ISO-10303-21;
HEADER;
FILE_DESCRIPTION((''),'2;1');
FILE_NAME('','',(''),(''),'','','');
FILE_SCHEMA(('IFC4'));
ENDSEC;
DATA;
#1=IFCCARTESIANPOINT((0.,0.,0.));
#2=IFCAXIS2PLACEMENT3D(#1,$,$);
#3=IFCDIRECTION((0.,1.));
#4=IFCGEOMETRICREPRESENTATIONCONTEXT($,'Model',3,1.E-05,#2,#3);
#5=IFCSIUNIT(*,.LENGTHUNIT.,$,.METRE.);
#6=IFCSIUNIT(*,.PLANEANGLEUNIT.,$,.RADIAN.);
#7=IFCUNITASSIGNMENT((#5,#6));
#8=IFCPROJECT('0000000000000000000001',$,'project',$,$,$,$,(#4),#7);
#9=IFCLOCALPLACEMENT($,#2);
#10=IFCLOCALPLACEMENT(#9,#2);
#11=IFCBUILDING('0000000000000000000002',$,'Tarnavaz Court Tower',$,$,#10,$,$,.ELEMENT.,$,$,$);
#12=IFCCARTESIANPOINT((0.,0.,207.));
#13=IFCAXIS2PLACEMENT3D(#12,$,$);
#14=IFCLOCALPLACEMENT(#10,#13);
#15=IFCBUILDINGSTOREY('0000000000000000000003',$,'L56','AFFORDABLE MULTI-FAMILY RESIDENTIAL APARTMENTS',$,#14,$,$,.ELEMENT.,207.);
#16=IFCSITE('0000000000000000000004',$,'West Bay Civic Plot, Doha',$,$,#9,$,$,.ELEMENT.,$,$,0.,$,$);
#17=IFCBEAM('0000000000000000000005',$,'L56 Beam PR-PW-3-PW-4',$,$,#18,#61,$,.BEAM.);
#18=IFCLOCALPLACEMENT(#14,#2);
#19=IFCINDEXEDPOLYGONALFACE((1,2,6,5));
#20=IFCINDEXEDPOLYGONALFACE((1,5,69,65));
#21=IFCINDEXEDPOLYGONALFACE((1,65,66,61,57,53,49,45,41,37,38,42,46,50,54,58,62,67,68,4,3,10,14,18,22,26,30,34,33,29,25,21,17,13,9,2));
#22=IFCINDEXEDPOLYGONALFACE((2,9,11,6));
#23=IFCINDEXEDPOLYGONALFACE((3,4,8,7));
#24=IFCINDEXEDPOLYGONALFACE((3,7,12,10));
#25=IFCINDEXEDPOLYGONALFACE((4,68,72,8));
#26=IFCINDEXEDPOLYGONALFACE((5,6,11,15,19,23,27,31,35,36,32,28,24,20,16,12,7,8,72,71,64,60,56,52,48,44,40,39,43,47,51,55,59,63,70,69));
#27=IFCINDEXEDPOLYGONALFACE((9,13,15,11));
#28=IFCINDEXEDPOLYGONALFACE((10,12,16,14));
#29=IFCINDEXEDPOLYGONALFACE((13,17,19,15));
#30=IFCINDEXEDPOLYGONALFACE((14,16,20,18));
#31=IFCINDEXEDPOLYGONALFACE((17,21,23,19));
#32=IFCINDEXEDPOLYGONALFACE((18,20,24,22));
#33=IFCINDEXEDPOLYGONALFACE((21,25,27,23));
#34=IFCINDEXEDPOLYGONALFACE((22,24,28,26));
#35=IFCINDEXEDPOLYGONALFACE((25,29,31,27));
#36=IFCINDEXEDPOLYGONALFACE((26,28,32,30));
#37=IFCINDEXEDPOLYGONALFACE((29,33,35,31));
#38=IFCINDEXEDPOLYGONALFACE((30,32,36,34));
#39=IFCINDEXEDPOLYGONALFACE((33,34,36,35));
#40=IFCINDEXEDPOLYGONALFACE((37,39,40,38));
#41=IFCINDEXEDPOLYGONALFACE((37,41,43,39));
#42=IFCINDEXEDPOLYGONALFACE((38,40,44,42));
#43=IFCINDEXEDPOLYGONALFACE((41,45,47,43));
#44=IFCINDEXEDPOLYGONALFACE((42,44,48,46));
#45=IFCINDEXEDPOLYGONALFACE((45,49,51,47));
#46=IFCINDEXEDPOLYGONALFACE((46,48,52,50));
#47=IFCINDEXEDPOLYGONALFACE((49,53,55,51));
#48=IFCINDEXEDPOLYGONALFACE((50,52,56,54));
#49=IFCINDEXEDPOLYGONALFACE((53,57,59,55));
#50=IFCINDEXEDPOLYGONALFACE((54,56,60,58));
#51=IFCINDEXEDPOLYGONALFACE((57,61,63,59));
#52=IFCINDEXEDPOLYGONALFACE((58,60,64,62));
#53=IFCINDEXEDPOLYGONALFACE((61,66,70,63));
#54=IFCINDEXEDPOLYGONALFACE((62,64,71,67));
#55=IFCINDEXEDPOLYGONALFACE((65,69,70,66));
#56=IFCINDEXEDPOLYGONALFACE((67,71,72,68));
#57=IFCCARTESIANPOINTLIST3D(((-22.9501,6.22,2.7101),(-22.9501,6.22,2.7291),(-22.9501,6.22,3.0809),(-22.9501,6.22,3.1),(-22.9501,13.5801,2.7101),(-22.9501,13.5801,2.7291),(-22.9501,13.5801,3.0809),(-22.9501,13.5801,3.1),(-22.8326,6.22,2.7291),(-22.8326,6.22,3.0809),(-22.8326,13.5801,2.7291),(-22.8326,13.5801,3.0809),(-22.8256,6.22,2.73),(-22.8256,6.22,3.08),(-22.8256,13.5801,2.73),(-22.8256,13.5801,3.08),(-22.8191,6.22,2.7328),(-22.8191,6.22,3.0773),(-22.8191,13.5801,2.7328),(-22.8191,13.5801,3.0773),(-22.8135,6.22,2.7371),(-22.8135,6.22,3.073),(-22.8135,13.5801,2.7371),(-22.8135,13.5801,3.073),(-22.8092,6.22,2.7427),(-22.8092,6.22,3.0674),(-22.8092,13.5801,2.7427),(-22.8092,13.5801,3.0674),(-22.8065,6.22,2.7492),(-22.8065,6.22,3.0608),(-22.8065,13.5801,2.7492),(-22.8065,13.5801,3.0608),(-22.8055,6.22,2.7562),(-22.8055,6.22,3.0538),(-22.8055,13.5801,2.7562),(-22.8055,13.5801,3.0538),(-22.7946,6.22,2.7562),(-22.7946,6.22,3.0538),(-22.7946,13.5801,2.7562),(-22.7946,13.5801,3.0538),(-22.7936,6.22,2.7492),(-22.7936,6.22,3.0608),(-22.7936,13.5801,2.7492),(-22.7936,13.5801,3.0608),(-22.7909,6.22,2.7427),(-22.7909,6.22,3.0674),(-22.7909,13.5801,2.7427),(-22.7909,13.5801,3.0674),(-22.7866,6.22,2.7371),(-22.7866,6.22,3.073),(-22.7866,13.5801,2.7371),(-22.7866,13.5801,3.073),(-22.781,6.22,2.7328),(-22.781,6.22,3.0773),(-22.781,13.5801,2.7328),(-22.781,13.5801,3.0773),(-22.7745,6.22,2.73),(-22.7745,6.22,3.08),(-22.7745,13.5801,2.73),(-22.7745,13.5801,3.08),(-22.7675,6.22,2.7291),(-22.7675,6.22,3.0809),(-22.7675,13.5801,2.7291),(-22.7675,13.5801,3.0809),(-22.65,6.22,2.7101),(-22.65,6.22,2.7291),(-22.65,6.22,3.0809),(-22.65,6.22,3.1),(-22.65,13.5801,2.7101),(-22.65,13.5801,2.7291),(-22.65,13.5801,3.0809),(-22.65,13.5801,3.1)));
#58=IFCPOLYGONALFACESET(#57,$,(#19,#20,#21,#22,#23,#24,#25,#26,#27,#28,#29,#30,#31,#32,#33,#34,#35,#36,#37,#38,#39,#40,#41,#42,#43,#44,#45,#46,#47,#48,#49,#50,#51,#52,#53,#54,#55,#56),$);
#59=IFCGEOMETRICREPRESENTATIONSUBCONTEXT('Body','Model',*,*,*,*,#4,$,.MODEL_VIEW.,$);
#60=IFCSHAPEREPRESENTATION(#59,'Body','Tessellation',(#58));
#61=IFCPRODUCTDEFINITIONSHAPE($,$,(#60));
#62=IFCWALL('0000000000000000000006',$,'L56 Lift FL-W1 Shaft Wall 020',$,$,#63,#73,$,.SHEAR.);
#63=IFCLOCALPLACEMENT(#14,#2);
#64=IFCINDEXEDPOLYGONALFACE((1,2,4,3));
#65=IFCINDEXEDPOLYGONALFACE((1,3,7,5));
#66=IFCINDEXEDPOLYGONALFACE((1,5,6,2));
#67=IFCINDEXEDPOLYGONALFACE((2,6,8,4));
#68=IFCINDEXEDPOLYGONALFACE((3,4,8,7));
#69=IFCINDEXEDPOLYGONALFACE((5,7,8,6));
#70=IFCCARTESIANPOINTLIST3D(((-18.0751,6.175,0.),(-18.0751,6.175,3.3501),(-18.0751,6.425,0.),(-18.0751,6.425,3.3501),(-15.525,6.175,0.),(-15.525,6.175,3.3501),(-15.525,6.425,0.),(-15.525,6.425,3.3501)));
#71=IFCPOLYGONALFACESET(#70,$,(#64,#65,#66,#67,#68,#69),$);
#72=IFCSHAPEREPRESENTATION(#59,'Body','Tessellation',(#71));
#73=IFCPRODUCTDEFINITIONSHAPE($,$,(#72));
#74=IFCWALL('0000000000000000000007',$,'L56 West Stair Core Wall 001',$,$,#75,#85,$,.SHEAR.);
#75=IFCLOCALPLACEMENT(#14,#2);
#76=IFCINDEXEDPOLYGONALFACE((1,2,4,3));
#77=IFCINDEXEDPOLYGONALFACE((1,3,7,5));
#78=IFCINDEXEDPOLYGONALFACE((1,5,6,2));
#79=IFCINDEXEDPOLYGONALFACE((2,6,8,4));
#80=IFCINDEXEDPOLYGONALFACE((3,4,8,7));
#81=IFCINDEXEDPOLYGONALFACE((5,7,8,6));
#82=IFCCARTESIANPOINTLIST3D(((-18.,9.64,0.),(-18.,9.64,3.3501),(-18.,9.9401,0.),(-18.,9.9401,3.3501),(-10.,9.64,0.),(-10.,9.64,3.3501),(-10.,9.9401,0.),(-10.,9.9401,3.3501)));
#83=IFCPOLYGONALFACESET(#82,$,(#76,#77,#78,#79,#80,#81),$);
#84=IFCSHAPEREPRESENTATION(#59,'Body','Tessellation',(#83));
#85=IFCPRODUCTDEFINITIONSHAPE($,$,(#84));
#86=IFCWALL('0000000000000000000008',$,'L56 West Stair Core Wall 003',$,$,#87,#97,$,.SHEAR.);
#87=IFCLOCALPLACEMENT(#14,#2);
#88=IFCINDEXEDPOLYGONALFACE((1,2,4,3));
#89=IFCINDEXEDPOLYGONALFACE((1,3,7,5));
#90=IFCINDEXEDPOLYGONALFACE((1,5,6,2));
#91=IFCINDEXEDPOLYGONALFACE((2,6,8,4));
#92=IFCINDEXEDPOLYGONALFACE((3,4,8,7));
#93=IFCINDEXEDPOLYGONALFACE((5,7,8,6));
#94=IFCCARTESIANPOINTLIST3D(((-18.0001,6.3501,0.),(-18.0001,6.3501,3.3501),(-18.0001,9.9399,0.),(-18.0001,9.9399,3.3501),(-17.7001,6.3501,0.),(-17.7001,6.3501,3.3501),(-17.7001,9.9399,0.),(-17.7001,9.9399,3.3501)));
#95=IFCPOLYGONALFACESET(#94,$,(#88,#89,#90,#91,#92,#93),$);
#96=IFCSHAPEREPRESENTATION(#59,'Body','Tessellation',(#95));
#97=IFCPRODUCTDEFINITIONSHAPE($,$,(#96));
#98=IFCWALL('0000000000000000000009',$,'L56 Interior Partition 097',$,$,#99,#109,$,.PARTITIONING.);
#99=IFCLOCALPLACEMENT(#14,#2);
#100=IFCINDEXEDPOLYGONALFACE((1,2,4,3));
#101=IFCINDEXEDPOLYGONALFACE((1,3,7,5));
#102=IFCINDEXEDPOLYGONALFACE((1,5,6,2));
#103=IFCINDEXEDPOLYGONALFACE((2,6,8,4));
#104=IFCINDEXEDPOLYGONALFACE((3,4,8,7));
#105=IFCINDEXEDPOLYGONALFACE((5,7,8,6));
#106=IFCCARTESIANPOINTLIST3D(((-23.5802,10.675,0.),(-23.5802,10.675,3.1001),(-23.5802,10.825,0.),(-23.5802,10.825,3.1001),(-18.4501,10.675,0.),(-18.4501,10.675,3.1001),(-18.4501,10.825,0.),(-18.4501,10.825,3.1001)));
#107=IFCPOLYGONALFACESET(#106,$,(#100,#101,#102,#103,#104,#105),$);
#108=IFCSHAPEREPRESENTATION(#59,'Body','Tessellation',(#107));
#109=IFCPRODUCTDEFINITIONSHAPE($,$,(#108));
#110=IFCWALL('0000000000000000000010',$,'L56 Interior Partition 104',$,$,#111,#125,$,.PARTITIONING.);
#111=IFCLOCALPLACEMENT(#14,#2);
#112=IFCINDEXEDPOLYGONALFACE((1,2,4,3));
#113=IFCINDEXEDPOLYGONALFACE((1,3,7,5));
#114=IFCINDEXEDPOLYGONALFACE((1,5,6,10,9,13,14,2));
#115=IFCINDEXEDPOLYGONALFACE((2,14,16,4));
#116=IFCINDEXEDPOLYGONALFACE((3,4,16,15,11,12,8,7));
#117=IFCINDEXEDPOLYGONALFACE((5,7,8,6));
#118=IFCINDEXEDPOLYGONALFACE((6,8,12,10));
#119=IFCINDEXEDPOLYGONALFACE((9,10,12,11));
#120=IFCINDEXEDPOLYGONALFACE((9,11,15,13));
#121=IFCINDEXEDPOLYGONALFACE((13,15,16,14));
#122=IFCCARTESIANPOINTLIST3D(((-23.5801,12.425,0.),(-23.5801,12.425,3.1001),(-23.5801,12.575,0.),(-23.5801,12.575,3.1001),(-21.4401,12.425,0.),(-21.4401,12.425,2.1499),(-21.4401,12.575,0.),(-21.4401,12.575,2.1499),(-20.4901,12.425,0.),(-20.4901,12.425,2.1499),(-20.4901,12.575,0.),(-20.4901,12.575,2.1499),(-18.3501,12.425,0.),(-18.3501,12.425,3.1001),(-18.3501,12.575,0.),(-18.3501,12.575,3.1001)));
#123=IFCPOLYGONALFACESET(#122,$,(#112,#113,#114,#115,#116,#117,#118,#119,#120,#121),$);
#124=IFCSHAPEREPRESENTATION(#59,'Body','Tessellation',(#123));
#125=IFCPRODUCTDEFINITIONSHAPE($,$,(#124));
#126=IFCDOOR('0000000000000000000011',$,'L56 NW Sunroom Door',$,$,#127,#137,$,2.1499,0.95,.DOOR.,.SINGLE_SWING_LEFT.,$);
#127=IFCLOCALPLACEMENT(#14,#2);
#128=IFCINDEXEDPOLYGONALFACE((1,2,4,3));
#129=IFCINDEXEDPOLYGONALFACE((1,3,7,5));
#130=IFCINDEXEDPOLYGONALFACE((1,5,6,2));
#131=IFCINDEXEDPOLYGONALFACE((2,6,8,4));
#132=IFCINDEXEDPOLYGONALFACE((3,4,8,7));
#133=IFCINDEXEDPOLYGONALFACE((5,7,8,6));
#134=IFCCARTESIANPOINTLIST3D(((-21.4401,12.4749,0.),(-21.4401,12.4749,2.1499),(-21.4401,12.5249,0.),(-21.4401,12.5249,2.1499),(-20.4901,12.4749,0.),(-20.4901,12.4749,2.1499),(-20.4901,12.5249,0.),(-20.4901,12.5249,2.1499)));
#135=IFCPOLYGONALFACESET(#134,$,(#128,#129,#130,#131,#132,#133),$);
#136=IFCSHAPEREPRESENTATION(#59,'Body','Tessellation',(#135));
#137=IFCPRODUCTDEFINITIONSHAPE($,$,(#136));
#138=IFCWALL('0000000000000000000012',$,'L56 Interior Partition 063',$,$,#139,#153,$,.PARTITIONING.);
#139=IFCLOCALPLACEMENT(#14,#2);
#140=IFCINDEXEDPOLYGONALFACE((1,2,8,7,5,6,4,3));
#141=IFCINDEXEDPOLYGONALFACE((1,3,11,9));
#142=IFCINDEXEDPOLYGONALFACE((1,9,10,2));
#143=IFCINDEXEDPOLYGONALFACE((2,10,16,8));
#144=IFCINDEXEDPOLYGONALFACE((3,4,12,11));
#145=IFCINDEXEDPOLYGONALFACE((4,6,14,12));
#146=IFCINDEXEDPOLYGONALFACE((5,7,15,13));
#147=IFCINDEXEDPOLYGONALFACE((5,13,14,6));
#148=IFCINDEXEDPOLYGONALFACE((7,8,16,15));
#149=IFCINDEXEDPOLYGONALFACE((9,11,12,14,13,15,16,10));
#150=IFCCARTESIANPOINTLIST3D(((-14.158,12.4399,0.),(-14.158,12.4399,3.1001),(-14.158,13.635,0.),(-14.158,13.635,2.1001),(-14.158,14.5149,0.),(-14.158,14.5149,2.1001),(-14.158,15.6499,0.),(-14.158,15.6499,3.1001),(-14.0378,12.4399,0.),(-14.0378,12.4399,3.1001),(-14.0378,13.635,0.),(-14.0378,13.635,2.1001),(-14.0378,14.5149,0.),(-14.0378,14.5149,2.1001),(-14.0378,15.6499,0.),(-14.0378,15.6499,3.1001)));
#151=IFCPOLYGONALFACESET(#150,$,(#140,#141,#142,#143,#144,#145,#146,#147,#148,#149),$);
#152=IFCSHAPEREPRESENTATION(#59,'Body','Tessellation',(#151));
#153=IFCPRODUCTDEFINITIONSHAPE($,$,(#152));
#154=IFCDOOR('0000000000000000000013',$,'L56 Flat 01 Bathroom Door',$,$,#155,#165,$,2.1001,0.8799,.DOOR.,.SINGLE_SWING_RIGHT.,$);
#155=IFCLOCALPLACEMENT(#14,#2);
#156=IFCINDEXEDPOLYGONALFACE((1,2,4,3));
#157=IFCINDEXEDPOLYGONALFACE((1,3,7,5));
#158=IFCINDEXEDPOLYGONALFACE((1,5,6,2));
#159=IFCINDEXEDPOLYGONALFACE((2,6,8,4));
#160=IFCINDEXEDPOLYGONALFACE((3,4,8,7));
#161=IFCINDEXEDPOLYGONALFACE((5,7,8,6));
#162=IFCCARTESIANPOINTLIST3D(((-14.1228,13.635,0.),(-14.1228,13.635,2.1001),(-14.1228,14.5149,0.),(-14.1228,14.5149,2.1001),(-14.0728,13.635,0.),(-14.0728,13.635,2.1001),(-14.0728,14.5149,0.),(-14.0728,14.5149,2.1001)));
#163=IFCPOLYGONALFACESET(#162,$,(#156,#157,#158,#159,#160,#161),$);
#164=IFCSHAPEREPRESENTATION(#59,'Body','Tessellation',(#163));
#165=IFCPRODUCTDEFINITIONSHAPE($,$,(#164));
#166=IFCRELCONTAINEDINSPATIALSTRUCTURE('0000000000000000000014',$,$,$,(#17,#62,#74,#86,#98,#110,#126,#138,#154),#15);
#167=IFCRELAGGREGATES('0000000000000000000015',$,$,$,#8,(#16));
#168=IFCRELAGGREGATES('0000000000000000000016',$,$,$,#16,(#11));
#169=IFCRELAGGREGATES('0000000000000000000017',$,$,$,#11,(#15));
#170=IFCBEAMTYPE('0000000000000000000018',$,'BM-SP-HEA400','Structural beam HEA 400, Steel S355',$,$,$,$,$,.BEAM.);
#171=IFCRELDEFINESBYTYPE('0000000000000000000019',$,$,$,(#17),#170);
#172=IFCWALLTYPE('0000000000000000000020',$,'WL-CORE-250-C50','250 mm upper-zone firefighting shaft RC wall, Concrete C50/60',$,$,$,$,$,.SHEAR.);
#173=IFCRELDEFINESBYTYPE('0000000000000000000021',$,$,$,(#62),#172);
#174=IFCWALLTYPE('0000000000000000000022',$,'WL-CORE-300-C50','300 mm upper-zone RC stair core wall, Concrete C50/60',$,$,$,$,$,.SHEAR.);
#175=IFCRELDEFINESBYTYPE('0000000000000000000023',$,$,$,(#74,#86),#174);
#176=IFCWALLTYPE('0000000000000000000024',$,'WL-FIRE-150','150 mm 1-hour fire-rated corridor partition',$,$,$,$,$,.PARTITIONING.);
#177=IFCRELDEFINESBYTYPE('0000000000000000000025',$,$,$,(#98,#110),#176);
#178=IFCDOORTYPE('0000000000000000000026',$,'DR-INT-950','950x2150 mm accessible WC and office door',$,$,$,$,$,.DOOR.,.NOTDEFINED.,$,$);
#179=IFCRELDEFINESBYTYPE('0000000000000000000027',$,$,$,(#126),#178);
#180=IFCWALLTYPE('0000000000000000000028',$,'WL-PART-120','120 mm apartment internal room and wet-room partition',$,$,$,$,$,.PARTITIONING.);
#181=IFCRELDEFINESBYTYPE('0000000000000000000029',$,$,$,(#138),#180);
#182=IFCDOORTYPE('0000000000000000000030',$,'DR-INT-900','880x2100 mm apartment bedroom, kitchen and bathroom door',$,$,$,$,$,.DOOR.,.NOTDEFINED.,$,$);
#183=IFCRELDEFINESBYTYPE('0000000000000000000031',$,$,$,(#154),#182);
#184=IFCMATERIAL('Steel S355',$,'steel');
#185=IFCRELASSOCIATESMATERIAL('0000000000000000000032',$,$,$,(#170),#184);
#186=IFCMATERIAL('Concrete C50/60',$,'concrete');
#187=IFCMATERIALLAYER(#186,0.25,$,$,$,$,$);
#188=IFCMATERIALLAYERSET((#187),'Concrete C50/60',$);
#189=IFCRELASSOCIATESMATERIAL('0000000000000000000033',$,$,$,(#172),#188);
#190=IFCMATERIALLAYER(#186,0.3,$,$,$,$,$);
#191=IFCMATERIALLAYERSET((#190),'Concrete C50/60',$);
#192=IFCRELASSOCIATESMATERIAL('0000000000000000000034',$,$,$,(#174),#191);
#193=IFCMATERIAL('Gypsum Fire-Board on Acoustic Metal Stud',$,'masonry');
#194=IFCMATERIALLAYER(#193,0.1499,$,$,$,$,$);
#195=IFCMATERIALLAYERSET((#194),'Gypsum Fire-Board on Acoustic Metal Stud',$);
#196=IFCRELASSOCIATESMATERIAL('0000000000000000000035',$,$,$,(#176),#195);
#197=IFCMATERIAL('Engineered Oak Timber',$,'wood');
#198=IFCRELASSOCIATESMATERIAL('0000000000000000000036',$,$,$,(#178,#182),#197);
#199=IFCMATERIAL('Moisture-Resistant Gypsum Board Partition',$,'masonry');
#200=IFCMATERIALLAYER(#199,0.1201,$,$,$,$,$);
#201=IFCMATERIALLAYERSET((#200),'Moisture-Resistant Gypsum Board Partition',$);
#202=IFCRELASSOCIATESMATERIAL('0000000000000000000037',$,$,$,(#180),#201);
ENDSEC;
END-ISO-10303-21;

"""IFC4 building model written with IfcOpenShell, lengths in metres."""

from ifc_helpers import new_model, si_unit, direction, frame, frame_2d, origin, origin_2d, place, context, subcontext, project, spatial, rectangle, i_section, extrude, material, layer, layer_set, material_profile, profile_set, type_object, element, fill, save


model = new_model("IFC4")

# Units and contexts
model_context = context("Model", 3, precision=1e-05, world=origin(), true_north=direction((0.0, 1.0)))
body_context = subcontext(model_context, "Body", "Model", "MODEL_VIEW")
ifc_project = project(units=[si_unit("LENGTHUNIT", "METRE"), si_unit("PLANEANGLEUNIT", "RADIAN")], contexts=[model_context])

# Site, building, storey
site_placement = place(None, origin())
site = spatial("IfcSite", under=ifc_project, at=site_placement, Name="West Bay Civic Plot, Doha", CompositionType="ELEMENT", RefElevation=0.0)
building_placement = place(site_placement, origin())
building = spatial("IfcBuilding", under=site, at=building_placement, Name="Tarnavaz Court Tower", CompositionType="ELEMENT")
storey_placement = place(building_placement, frame((0.0, 0.0, 207.0)))
storey = spatial("IfcBuildingStorey", under=building, at=storey_placement, Name="L56", Description="AFFORDABLE MULTI-FAMILY RESIDENTIAL APARTMENTS", CompositionType="ELEMENT", Elevation=207.0)

# Shared definitions
ifc_material_1 = material(Name="Concrete C50/60", Category="concrete")

# Beam
ifc_material_2 = material(Name="Steel S355", Category="steel")
ifc_material_profile_1 = material_profile(ifc_material_2, i_section(OverallWidth=0.3, OverallDepth=0.3899, WebThickness=0.011, FlangeThickness=0.019, FilletRadius=0.0271, at=origin_2d()), Name="HEA 400")
ifc_profile_set_1 = profile_set([ifc_material_profile_1], Name="Steel S355")
beam_type_1 = type_object("IfcBeamType", Name="BM-SP-HEA400", Description="Structural beam HEA 400, Steel S355", PredefinedType="BEAM", material=ifc_profile_set_1)
beam_1_placement = place(storey_placement, frame((-22.8, 6.22, 2.905), z_axis=(0.0, 1.0, 0.0), x_axis=(-1.0, 0.0, 0.0)))
element("IfcBeam", 1, at=beam_1_placement, inside=storey, type_object=beam_type_1, Name="L56 Beam PR-PW-3-PW-4", PredefinedType="BEAM", context=body_context, shape_type="SweptSolid", body=[
    extrude(i_section(OverallWidth=0.3, OverallDepth=0.3899, WebThickness=0.011, FlangeThickness=0.019, FilletRadius=0.0271, at=origin_2d()), origin(), (0.0, 0.0, 1.0), 7.3601),
])

# Walls
ifc_layer_1 = layer(ifc_material_1, 0.25)
ifc_layer_set_1 = layer_set([ifc_layer_1], Name="Concrete C50/60")
wall_type_1 = type_object("IfcWallType", Name="WL-CORE-250-C50", Description="250 mm upper-zone firefighting shaft RC wall, Concrete C50/60", PredefinedType="SHEAR", material=ifc_layer_set_1)
wall_1_placement = place(storey_placement, frame((-18.075, 6.3, 0.0), z_axis=(0.0, 0.0, 1.0), x_axis=(1.0, 0.0, 0.0)))
element("IfcWall", 2, at=wall_1_placement, inside=storey, type_object=wall_type_1, Name="L56 Lift FL-W1 Shaft Wall 020", PredefinedType="SHEAR", context=body_context, shape_type="SweptSolid", body=[
    extrude(rectangle(XDim=2.55, YDim=0.25, at=frame_2d((1.2749, 0.0))), origin(), (0.0, 0.0, 1.0), 3.3501),
])
ifc_layer_2 = layer(ifc_material_1, 0.3)
ifc_layer_set_2 = layer_set([ifc_layer_2], Name="Concrete C50/60")
wall_type_2 = type_object("IfcWallType", Name="WL-CORE-300-C50", Description="300 mm upper-zone RC stair core wall, Concrete C50/60", PredefinedType="SHEAR", material=ifc_layer_set_2)
wall_2_placement = place(storey_placement, frame((-18.0, 9.79, 0.0), z_axis=(0.0, 0.0, 1.0), x_axis=(1.0, 0.0, 0.0)))
element("IfcWall", 3, at=wall_2_placement, inside=storey, type_object=wall_type_2, Name="L56 West Stair Core Wall 001", PredefinedType="SHEAR", context=body_context, shape_type="SweptSolid", body=[
    extrude(rectangle(XDim=8.0, YDim=0.3, at=frame_2d((4.0, 0.0))), origin(), (0.0, 0.0, 1.0), 3.3501),
])

# Walls
wall_3_placement = place(storey_placement, frame((-17.8501, 6.3501, 0.0), z_axis=(0.0, 0.0, 1.0), x_axis=(0.0, 1.0, 0.0)))
element("IfcWall", 4, at=wall_3_placement, inside=storey, type_object=wall_type_2, Name="L56 West Stair Core Wall 003", PredefinedType="SHEAR", context=body_context, shape_type="SweptSolid", body=[
    extrude(rectangle(XDim=3.5898, YDim=0.3, at=frame_2d((1.7949, 0.0))), origin(), (0.0, 0.0, 1.0), 3.3501),
])
ifc_material_3 = material(Name="Gypsum Fire-Board on Acoustic Metal Stud", Category="masonry")
ifc_layer_3 = layer(ifc_material_3, 0.1499)
ifc_layer_set_3 = layer_set([ifc_layer_3], Name="Gypsum Fire-Board on Acoustic Metal Stud")
wall_type_3 = type_object("IfcWallType", Name="WL-FIRE-150", Description="150 mm 1-hour fire-rated corridor partition", PredefinedType="PARTITIONING", material=ifc_layer_set_3)
wall_4_placement = place(storey_placement, frame((-23.5801, 10.75, 0.0), z_axis=(0.0, 0.0, 1.0), x_axis=(1.0, 0.0, 0.0)))
element("IfcWall", 5, at=wall_4_placement, inside=storey, type_object=wall_type_3, Name="L56 Interior Partition 097", PredefinedType="PARTITIONING", context=body_context, shape_type="SweptSolid", body=[
    extrude(rectangle(XDim=5.1301, YDim=0.1499, at=frame_2d((2.5649, 0.0))), origin(), (0.0, 0.0, 1.0), 3.1001),
])

# Walls, openings, doors
wall_5_placement = place(storey_placement, frame((-23.5801, 12.5, 0.0), z_axis=(0.0, 0.0, 1.0), x_axis=(1.0, 0.0, 0.0)))
wall_5 = element("IfcWall", 6, at=wall_5_placement, inside=storey, type_object=wall_type_3, Name="L56 Interior Partition 104", PredefinedType="PARTITIONING", context=body_context, shape_type="SweptSolid", body=[
    extrude(rectangle(XDim=5.23, YDim=0.1499, at=frame_2d((2.615, 0.0))), origin(), (0.0, 0.0, 1.0), 3.1001),
])
opening_1_placement = place(wall_5_placement, frame((2.1399, 0.0, 0.0)))
opening_1 = element("IfcOpeningElement", 7, at=opening_1_placement, cuts=wall_5, PredefinedType="OPENING", context=body_context, shape_type="SweptSolid", body=[
    extrude(rectangle(XDim=0.95, YDim=2.1499, at=frame_2d((0.4751, 1.075))), frame((0.0, 0.085, 0.0), z_axis=(0.0, -1.0, 0.0), x_axis=(1.0, 0.0, 0.0)), (0.0, 0.0, 1.0), 0.1699),
])
ifc_material_4 = material(Name="Engineered Oak Timber", Category="wood")
door_type_1 = type_object("IfcDoorType", Name="DR-INT-950", Description="950x2150 mm accessible WC and office door", OperationType="NOTDEFINED", PredefinedType="DOOR", material=ifc_material_4)
door_1_placement = place(opening_1_placement, origin())
door_1 = element("IfcDoor", 8, at=door_1_placement, inside=storey, type_object=door_type_1, Name="L56 NW Sunroom Door", OperationType="SINGLE_SWING_LEFT", OverallHeight=2.1499, OverallWidth=0.95, PredefinedType="DOOR", context=body_context, shape_type="SweptSolid", body=[
    extrude(rectangle(XDim=0.95, YDim=2.1499, at=frame_2d((0.4751, 1.075))), frame((0.0, 0.0249, 0.0), z_axis=(0.0, -1.0, 0.0), x_axis=(1.0, 0.0, 0.0)), (0.0, 0.0, 1.0), 0.05),
])
fill(opening_1, door_1)
ifc_material_5 = material(Name="Moisture-Resistant Gypsum Board Partition", Category="masonry")
ifc_layer_4 = layer(ifc_material_5, 0.1201)
ifc_layer_set_4 = layer_set([ifc_layer_4], Name="Moisture-Resistant Gypsum Board Partition")
wall_type_4 = type_object("IfcWallType", Name="WL-PART-120", Description="120 mm apartment internal room and wet-room partition", PredefinedType="PARTITIONING", material=ifc_layer_set_4)
wall_6_placement = place(storey_placement, frame((-14.0979, 12.4399, 0.0), z_axis=(0.0, 0.0, 1.0), x_axis=(0.0, 1.0, 0.0)))
wall_6 = element("IfcWall", 9, at=wall_6_placement, inside=storey, type_object=wall_type_4, Name="L56 Interior Partition 063", PredefinedType="PARTITIONING", context=body_context, shape_type="SweptSolid", body=[
    extrude(rectangle(XDim=3.21, YDim=0.1201, at=frame_2d((1.605, 0.0))), origin(), (0.0, 0.0, 1.0), 3.1001),
])
opening_2_placement = place(wall_6_placement, frame((1.1951, 0.0, 0.0)))
opening_2 = element("IfcOpeningElement", 10, at=opening_2_placement, cuts=wall_6, PredefinedType="OPENING", context=body_context, shape_type="SweptSolid", body=[
    extrude(rectangle(XDim=0.8799, YDim=2.1001, at=frame_2d((0.4399, 1.05))), frame((0.0, 0.0701, 0.0), z_axis=(0.0, -1.0, 0.0), x_axis=(1.0, 0.0, 0.0)), (0.0, 0.0, 1.0), 0.1401),
])
door_type_2 = type_object("IfcDoorType", Name="DR-INT-900", Description="880x2100 mm apartment bedroom, kitchen and bathroom door", OperationType="NOTDEFINED", PredefinedType="DOOR", material=ifc_material_4)
door_2_placement = place(opening_2_placement, origin())
door_2 = element("IfcDoor", 11, at=door_2_placement, inside=storey, type_object=door_type_2, Name="L56 Flat 01 Bathroom Door", OperationType="SINGLE_SWING_RIGHT", OverallHeight=2.1001, OverallWidth=0.8799, PredefinedType="DOOR", context=body_context, shape_type="SweptSolid", body=[
    extrude(rectangle(XDim=0.8799, YDim=2.1001, at=frame_2d((0.4399, 1.05))), frame((0.0, 0.0249, 0.0), z_axis=(0.0, -1.0, 0.0), x_axis=(1.0, 0.0, 0.0)), (0.0, 0.0, 1.0), 0.05),
])
fill(opening_2, door_2)

save(model, "model.ifc")
